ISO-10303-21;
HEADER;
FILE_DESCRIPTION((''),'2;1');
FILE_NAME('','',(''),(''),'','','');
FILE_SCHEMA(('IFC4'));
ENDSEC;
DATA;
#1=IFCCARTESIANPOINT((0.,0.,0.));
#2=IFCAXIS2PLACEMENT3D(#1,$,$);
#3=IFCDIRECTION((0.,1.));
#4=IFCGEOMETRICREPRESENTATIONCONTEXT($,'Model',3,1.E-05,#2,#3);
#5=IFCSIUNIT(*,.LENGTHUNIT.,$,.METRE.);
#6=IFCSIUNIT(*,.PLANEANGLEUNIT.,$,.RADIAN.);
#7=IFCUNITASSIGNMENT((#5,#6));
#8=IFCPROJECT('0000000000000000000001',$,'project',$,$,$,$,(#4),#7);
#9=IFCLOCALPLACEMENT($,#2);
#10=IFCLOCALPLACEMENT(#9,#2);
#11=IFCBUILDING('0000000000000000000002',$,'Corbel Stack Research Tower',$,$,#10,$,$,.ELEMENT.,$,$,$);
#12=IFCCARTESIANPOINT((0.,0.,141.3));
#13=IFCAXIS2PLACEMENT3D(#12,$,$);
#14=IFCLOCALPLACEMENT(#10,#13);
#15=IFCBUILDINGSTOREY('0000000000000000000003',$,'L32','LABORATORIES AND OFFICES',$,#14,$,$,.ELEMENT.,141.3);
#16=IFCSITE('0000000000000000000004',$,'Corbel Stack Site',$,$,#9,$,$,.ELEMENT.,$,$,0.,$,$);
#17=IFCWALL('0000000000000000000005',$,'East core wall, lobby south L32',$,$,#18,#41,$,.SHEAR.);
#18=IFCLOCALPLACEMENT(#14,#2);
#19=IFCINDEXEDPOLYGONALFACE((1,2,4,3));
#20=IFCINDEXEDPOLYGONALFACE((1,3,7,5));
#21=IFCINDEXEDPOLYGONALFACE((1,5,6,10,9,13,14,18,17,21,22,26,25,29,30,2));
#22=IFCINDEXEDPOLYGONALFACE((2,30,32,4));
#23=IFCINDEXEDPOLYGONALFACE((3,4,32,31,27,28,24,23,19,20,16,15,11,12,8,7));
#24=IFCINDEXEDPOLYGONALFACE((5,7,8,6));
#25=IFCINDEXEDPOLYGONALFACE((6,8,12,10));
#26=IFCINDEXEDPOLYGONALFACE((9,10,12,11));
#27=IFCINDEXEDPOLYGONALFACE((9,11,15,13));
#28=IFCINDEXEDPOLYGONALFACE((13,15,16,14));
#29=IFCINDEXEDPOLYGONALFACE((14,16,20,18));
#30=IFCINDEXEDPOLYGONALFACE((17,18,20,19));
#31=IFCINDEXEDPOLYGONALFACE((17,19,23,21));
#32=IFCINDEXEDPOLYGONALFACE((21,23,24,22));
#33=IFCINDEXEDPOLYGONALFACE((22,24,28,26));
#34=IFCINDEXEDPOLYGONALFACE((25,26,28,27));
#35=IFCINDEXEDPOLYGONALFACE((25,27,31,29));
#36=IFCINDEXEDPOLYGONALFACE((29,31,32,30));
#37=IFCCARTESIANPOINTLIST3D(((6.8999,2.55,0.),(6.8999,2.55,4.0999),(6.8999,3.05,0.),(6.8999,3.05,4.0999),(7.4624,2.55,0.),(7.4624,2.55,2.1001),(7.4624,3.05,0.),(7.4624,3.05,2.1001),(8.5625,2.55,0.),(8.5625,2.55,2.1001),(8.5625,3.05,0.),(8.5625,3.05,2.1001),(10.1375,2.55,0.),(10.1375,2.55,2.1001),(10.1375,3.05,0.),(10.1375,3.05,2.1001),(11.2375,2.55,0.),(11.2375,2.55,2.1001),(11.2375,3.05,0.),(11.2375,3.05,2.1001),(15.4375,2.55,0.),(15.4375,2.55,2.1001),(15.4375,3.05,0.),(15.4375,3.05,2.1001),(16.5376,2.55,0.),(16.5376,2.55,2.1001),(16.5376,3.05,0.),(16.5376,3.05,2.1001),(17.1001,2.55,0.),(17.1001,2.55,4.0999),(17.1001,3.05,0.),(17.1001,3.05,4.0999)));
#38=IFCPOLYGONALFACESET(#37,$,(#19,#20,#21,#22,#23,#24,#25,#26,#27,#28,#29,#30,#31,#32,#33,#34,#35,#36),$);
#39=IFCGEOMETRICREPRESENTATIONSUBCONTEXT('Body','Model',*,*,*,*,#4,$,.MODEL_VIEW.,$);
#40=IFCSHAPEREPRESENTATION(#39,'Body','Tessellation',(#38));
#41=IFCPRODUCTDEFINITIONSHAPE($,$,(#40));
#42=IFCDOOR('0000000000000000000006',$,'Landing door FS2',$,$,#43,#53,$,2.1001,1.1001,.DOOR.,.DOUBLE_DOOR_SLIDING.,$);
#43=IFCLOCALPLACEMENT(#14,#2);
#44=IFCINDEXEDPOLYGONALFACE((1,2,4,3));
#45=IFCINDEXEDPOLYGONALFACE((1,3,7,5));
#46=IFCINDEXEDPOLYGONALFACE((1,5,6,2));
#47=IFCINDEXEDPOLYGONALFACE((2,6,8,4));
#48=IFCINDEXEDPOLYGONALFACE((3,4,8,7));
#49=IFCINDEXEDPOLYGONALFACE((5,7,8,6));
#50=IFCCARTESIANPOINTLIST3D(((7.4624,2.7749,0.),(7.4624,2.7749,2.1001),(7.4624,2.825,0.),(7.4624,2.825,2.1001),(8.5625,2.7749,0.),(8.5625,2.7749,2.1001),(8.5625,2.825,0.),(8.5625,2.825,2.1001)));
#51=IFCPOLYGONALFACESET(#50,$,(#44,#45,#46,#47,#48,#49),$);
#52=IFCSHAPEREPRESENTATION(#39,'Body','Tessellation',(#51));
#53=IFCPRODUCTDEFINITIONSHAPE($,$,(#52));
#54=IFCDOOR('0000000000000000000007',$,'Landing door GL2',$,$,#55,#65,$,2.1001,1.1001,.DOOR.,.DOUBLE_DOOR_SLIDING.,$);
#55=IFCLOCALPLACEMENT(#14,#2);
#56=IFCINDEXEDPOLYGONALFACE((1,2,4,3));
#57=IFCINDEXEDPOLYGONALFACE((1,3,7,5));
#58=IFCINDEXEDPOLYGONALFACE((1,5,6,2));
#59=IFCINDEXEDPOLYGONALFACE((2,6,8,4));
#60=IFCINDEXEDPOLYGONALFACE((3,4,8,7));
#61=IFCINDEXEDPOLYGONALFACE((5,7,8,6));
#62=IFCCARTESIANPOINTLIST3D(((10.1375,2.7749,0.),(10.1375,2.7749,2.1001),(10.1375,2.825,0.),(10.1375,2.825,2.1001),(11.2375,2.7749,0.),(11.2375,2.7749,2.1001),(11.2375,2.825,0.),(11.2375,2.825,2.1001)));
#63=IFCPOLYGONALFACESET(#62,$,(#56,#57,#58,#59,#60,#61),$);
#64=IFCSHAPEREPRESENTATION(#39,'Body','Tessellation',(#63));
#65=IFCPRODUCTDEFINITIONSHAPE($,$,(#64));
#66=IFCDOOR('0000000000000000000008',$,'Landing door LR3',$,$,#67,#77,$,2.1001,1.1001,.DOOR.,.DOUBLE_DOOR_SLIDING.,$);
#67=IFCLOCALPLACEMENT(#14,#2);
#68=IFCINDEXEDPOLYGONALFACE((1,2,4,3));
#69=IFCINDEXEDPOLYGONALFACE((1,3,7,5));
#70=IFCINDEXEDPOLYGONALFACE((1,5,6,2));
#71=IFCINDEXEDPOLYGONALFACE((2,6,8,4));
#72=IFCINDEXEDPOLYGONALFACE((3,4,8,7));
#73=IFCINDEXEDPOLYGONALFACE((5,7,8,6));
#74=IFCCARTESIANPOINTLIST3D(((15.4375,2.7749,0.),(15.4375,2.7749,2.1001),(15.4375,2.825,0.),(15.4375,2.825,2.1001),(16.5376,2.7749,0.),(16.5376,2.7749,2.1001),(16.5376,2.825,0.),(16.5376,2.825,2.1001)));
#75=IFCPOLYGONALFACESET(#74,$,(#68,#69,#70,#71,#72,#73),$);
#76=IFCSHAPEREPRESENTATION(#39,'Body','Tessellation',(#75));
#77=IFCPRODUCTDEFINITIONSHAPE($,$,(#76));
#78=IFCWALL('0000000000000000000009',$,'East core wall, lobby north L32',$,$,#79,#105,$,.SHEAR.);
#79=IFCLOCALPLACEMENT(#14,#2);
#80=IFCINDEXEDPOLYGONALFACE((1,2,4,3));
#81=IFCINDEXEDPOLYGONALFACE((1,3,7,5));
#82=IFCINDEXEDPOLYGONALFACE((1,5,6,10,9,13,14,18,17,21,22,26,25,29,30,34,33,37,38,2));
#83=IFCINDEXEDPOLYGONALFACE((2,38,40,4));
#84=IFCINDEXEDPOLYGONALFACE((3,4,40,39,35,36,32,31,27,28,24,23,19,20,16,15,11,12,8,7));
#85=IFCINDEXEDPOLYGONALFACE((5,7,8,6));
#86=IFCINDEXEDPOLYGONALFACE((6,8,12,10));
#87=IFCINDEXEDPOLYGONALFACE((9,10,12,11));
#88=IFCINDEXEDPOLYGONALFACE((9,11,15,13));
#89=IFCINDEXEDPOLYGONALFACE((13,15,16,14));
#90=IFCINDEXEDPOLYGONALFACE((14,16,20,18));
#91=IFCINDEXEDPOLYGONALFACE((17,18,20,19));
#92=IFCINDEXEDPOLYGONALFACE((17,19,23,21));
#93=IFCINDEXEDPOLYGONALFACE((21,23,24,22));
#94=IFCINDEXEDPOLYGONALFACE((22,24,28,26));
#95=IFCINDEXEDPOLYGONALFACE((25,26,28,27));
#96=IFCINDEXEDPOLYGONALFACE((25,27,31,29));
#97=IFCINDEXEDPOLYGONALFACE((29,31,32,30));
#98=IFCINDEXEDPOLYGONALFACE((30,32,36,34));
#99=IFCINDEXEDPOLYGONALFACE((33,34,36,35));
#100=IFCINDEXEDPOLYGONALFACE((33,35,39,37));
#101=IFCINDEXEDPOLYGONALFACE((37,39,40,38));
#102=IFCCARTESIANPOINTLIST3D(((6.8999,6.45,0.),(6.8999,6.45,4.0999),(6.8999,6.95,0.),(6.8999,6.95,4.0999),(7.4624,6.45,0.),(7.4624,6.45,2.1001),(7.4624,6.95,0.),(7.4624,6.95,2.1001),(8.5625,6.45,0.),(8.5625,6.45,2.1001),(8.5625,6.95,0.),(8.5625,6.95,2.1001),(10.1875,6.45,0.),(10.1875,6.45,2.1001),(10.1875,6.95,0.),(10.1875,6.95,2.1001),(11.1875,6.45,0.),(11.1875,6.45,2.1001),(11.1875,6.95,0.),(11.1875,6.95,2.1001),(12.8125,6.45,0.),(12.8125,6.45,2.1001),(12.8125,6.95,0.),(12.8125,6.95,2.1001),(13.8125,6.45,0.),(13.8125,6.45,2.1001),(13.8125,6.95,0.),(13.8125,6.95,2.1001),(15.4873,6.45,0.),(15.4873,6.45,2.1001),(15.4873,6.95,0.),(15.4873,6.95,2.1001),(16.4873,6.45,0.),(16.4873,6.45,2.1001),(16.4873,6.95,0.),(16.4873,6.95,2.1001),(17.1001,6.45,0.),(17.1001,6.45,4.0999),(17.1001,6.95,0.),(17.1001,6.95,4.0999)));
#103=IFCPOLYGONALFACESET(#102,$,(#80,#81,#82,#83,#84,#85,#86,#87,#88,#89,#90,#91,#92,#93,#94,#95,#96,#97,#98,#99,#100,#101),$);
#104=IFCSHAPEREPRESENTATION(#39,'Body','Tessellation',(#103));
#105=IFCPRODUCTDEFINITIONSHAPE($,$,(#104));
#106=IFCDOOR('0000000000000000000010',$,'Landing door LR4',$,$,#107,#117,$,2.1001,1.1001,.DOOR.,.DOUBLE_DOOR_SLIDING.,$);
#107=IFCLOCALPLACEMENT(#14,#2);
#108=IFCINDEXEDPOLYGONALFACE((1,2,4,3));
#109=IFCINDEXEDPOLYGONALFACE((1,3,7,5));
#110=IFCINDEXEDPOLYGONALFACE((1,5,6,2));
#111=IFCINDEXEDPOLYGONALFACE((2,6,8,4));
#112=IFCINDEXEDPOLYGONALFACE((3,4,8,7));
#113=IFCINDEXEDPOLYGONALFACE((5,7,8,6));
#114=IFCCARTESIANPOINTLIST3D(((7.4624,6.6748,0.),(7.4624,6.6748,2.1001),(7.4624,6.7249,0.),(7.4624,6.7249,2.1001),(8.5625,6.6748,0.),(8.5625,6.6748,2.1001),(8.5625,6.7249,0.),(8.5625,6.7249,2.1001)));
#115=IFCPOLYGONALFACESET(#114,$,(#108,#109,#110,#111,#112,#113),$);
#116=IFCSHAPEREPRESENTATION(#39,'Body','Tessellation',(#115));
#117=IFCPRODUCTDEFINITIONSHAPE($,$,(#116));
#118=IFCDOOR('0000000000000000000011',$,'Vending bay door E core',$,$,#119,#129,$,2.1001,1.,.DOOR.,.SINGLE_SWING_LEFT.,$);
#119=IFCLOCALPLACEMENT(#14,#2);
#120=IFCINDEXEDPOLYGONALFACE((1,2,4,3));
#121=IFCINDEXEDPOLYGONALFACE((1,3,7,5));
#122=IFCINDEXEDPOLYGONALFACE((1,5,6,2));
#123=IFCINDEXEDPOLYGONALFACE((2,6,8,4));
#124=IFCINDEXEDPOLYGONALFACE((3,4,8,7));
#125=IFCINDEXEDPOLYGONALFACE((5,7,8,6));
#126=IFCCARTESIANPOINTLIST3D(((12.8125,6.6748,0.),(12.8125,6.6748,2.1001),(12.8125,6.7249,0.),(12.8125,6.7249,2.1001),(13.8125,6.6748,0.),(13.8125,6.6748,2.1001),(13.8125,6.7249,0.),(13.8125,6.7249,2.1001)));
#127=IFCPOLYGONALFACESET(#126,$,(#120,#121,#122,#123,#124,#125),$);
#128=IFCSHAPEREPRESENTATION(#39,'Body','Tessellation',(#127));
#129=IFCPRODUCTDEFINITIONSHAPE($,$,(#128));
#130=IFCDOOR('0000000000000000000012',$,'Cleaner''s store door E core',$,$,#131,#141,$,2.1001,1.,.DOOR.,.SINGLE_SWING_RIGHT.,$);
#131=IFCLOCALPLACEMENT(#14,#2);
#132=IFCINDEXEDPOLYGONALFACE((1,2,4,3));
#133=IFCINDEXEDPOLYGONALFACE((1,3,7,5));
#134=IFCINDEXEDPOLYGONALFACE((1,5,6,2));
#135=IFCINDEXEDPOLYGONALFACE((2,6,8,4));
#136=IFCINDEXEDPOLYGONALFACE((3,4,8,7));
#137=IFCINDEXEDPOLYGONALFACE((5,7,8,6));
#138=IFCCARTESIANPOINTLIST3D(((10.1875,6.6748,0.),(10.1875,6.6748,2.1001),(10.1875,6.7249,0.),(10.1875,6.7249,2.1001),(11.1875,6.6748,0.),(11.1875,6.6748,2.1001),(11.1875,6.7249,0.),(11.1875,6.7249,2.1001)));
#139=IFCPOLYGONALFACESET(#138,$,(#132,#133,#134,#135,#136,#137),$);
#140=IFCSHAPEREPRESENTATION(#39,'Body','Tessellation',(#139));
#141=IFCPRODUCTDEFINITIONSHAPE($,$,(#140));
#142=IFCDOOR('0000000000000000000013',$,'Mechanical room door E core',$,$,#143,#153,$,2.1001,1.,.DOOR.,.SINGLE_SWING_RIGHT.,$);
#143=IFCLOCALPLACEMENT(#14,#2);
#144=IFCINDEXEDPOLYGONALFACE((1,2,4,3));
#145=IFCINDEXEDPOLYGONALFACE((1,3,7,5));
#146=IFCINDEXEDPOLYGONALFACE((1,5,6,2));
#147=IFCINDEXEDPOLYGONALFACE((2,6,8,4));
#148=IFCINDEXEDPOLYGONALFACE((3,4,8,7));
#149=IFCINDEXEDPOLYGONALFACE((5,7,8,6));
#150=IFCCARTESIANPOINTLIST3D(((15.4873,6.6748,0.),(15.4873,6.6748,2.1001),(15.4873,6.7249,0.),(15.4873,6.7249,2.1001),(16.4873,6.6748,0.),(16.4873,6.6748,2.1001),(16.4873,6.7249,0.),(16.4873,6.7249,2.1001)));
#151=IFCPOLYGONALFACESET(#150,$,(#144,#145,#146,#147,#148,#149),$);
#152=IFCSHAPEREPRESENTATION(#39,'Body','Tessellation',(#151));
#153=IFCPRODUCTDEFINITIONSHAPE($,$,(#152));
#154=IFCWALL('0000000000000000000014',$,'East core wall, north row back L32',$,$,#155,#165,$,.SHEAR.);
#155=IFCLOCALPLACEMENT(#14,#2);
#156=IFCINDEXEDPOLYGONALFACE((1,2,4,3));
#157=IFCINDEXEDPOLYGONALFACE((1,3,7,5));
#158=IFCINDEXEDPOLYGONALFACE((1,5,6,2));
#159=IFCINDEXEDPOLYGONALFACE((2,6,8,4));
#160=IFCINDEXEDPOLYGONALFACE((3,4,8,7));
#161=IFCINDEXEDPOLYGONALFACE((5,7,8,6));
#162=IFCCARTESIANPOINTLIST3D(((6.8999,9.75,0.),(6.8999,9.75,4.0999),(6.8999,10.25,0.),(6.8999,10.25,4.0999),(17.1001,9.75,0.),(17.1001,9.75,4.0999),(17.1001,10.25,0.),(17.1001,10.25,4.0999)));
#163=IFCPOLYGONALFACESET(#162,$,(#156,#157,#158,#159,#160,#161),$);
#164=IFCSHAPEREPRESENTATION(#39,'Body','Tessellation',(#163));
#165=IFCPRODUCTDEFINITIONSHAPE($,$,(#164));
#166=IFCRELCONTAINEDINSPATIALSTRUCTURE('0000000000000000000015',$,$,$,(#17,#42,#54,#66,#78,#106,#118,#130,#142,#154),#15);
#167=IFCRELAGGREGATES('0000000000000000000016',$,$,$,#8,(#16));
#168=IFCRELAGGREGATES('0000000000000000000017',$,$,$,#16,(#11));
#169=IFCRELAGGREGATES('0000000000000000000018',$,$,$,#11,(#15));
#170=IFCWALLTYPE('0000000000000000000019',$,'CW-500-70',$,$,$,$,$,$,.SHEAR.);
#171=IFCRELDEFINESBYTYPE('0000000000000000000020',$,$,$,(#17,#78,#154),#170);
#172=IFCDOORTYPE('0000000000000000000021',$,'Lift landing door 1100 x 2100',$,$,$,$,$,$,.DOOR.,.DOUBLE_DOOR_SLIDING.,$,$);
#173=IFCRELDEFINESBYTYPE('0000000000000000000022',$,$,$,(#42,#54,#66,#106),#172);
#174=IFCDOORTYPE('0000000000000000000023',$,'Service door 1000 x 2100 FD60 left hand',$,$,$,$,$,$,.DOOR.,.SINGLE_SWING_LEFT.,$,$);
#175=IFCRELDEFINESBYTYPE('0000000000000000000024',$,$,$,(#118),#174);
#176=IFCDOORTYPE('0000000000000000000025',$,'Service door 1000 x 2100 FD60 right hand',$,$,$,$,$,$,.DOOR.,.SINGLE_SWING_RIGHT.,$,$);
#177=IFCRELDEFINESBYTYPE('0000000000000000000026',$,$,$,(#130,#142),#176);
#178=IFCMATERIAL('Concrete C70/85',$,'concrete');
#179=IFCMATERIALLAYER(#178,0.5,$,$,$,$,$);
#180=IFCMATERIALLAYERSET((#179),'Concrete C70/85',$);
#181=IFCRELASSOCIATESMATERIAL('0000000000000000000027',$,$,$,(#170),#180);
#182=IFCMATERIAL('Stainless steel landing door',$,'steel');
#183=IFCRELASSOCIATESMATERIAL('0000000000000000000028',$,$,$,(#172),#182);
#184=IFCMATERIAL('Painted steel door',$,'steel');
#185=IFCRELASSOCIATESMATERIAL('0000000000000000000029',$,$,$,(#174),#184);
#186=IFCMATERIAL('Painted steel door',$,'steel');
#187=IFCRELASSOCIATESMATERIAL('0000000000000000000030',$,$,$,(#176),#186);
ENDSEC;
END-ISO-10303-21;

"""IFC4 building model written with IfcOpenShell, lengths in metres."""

from ifc_helpers import new_model, si_unit, direction, frame, frame_2d, origin, place, context, subcontext, project, spatial, rectangle, extrude, material, layer, layer_set, type_object, element, fill, save


model = new_model("IFC4")

# Units and contexts
model_context = context("Model", 3, precision=1e-05, world=origin(), true_north=direction((0.0, 1.0)))
body_context = subcontext(model_context, "Body", "Model", "MODEL_VIEW")
ifc_project = project(units=[si_unit("LENGTHUNIT", "METRE"), si_unit("PLANEANGLEUNIT", "RADIAN")], contexts=[model_context])

# Site, building, storey
site_placement = place(None, origin())
site = spatial("IfcSite", under=ifc_project, at=site_placement, Name="Corbel Stack Site", CompositionType="ELEMENT", RefElevation=0.0)
building_placement = place(site_placement, origin())
building = spatial("IfcBuilding", under=site, at=building_placement, Name="Corbel Stack Research Tower", CompositionType="ELEMENT")
storey_placement = place(building_placement, frame((0.0, 0.0, 141.3)))
storey = spatial("IfcBuildingStorey", under=building, at=storey_placement, Name="L32", Description="LABORATORIES AND OFFICES", CompositionType="ELEMENT", Elevation=141.3)

# Walls, openings, doors
ifc_material_1 = material(Name="Concrete C70/85", Category="concrete")
ifc_layer_1 = layer(ifc_material_1, 0.5)
ifc_layer_set_1 = layer_set([ifc_layer_1], Name="Concrete C70/85")
wall_type_1 = type_object("IfcWallType", Name="CW-500-70", PredefinedType="SHEAR", material=ifc_layer_set_1)
wall_1_placement = place(storey_placement, frame((6.8999, 2.8, 0.0), z_axis=(0.0, 0.0, 1.0), x_axis=(1.0, 0.0, 0.0)))
wall_1 = element("IfcWall", 1, at=wall_1_placement, inside=storey, type_object=wall_type_1, Name="East core wall, lobby south L32", PredefinedType="SHEAR", context=body_context, shape_type="SweptSolid", body=[
    extrude(rectangle(XDim=10.2002, YDim=0.5, at=frame_2d((5.1001, 0.0))), origin(), (0.0, 0.0, 1.0), 4.0999),
])
opening_1_placement = place(wall_1_placement, frame((0.5625, 0.0, 0.0)))
opening_1 = element("IfcOpeningElement", 2, at=opening_1_placement, cuts=wall_1, PredefinedType="OPENING", context=body_context, shape_type="SweptSolid", body=[
    extrude(rectangle(XDim=1.1001, YDim=2.1001, at=frame_2d((0.55, 1.05))), frame((0.0, 0.26, 0.0), z_axis=(0.0, -1.0, 0.0), x_axis=(1.0, 0.0, 0.0)), (0.0, 0.0, 1.0), 0.52),
])
opening_2_placement = place(wall_1_placement, frame((3.2375, 0.0, 0.0)))
opening_2 = element("IfcOpeningElement", 3, at=opening_2_placement, cuts=wall_1, PredefinedType="OPENING", context=body_context, shape_type="SweptSolid", body=[
    extrude(rectangle(XDim=1.1001, YDim=2.1001, at=frame_2d((0.55, 1.05))), frame((0.0, 0.26, 0.0), z_axis=(0.0, -1.0, 0.0), x_axis=(1.0, 0.0, 0.0)), (0.0, 0.0, 1.0), 0.52),
])
opening_3_placement = place(wall_1_placement, frame((8.5376, 0.0, 0.0)))
opening_3 = element("IfcOpeningElement", 4, at=opening_3_placement, cuts=wall_1, PredefinedType="OPENING", context=body_context, shape_type="SweptSolid", body=[
    extrude(rectangle(XDim=1.1001, YDim=2.1001, at=frame_2d((0.55, 1.05))), frame((0.0, 0.26, 0.0), z_axis=(0.0, -1.0, 0.0), x_axis=(1.0, 0.0, 0.0)), (0.0, 0.0, 1.0), 0.52),
])
ifc_material_2 = material(Name="Stainless steel landing door", Category="steel")
door_type_1 = type_object("IfcDoorType", Name="Lift landing door 1100 x 2100", OperationType="DOUBLE_DOOR_SLIDING", PredefinedType="DOOR", material=ifc_material_2)
door_1_placement = place(opening_1_placement, origin())
door_1 = element("IfcDoor", 5, at=door_1_placement, inside=storey, type_object=door_type_1, Name="Landing door FS2", OperationType="DOUBLE_DOOR_SLIDING", OverallHeight=2.1001, OverallWidth=1.1001, PredefinedType="DOOR", context=body_context, shape_type="SweptSolid", body=[
    extrude(rectangle(XDim=1.1001, YDim=2.1001, at=frame_2d((0.55, 1.05))), frame((0.0, 0.0249, 0.0), z_axis=(0.0, -1.0, 0.0), x_axis=(1.0, 0.0, 0.0)), (0.0, 0.0, 1.0), 0.05),
])
fill(opening_1, door_1)
door_2_placement = place(opening_2_placement, origin())
door_2 = element("IfcDoor", 6, at=door_2_placement, inside=storey, type_object=door_type_1, Name="Landing door GL2", OperationType="DOUBLE_DOOR_SLIDING", OverallHeight=2.1001, OverallWidth=1.1001, PredefinedType="DOOR", context=body_context, shape_type="SweptSolid", body=[
    extrude(rectangle(XDim=1.1001, YDim=2.1001, at=frame_2d((0.55, 1.05))), frame((0.0, 0.0249, 0.0), z_axis=(0.0, -1.0, 0.0), x_axis=(1.0, 0.0, 0.0)), (0.0, 0.0, 1.0), 0.05),
])
fill(opening_2, door_2)
door_3_placement = place(opening_3_placement, origin())
door_3 = element("IfcDoor", 7, at=door_3_placement, inside=storey, type_object=door_type_1, Name="Landing door LR3", OperationType="DOUBLE_DOOR_SLIDING", OverallHeight=2.1001, OverallWidth=1.1001, PredefinedType="DOOR", context=body_context, shape_type="SweptSolid", body=[
    extrude(rectangle(XDim=1.1001, YDim=2.1001, at=frame_2d((0.55, 1.05))), frame((0.0, 0.0249, 0.0), z_axis=(0.0, -1.0, 0.0), x_axis=(1.0, 0.0, 0.0)), (0.0, 0.0, 1.0), 0.05),
])
fill(opening_3, door_3)
wall_2_placement = place(storey_placement, frame((6.8999, 6.7, 0.0), z_axis=(0.0, 0.0, 1.0), x_axis=(1.0, 0.0, 0.0)))
wall_2 = element("IfcWall", 8, at=wall_2_placement, inside=storey, type_object=wall_type_1, Name="East core wall, lobby north L32", PredefinedType="SHEAR", context=body_context, shape_type="SweptSolid", body=[
    extrude(rectangle(XDim=10.2002, YDim=0.5, at=frame_2d((5.1001, 0.0))), origin(), (0.0, 0.0, 1.0), 4.0999),
])
opening_4_placement = place(wall_2_placement, frame((0.5625, 0.0, 0.0)))
opening_4 = element("IfcOpeningElement", 9, at=opening_4_placement, cuts=wall_2, PredefinedType="OPENING", context=body_context, shape_type="SweptSolid", body=[
    extrude(rectangle(XDim=1.1001, YDim=2.1001, at=frame_2d((0.55, 1.05))), frame((0.0, 0.26, 0.0), z_axis=(0.0, -1.0, 0.0), x_axis=(1.0, 0.0, 0.0)), (0.0, 0.0, 1.0), 0.52),
])
opening_5_placement = place(wall_2_placement, frame((3.2876, 0.0, 0.0)))
opening_5 = element("IfcOpeningElement", 10, at=opening_5_placement, cuts=wall_2, PredefinedType="OPENING", context=body_context, shape_type="SweptSolid", body=[
    extrude(rectangle(XDim=1.0, YDim=2.1001, at=frame_2d((0.5, 1.05))), frame((0.0, 0.26, 0.0), z_axis=(0.0, -1.0, 0.0), x_axis=(1.0, 0.0, 0.0)), (0.0, 0.0, 1.0), 0.52),
])
opening_6_placement = place(wall_2_placement, frame((5.9126, 0.0, 0.0)))
opening_6 = element("IfcOpeningElement", 11, at=opening_6_placement, cuts=wall_2, PredefinedType="OPENING", context=body_context, shape_type="SweptSolid", body=[
    extrude(rectangle(XDim=1.0, YDim=2.1001, at=frame_2d((0.5, 1.05))), frame((0.0, 0.26, 0.0), z_axis=(0.0, -1.0, 0.0), x_axis=(1.0, 0.0, 0.0)), (0.0, 0.0, 1.0), 0.52),
])
opening_7_placement = place(wall_2_placement, frame((8.5874, 0.0, 0.0)))
opening_7 = element("IfcOpeningElement", 12, at=opening_7_placement, cuts=wall_2, PredefinedType="OPENING", context=body_context, shape_type="SweptSolid", body=[
    extrude(rectangle(XDim=1.0, YDim=2.1001, at=frame_2d((0.5, 1.05))), frame((0.0, 0.26, 0.0), z_axis=(0.0, -1.0, 0.0), x_axis=(1.0, 0.0, 0.0)), (0.0, 0.0, 1.0), 0.52),
])
door_4_placement = place(opening_4_placement, origin())
door_4 = element("IfcDoor", 13, at=door_4_placement, inside=storey, type_object=door_type_1, Name="Landing door LR4", OperationType="DOUBLE_DOOR_SLIDING", OverallHeight=2.1001, OverallWidth=1.1001, PredefinedType="DOOR", context=body_context, shape_type="SweptSolid", body=[
    extrude(rectangle(XDim=1.1001, YDim=2.1001, at=frame_2d((0.55, 1.05))), frame((0.0, 0.0249, 0.0), z_axis=(0.0, -1.0, 0.0), x_axis=(1.0, 0.0, 0.0)), (0.0, 0.0, 1.0), 0.05),
])
fill(opening_4, door_4)
ifc_material_3 = material(Name="Painted steel door", Category="steel")
door_type_2 = type_object("IfcDoorType", Name="Service door 1000 x 2100 FD60 left hand", OperationType="SINGLE_SWING_LEFT", PredefinedType="DOOR", material=ifc_material_3)
door_5_placement = place(opening_6_placement, origin())
door_5 = element("IfcDoor", 14, at=door_5_placement, inside=storey, type_object=door_type_2, Name="Vending bay door E core", OperationType="SINGLE_SWING_LEFT", OverallHeight=2.1001, OverallWidth=1.0, PredefinedType="DOOR", context=body_context, shape_type="SweptSolid", body=[
    extrude(rectangle(XDim=1.0, YDim=2.1001, at=frame_2d((0.5, 1.05))), frame((0.0, 0.0249, 0.0), z_axis=(0.0, -1.0, 0.0), x_axis=(1.0, 0.0, 0.0)), (0.0, 0.0, 1.0), 0.05),
])
fill(opening_6, door_5)
ifc_material_4 = material(Name="Painted steel door", Category="steel")
door_type_3 = type_object("IfcDoorType", Name="Service door 1000 x 2100 FD60 right hand", OperationType="SINGLE_SWING_RIGHT", PredefinedType="DOOR", material=ifc_material_4)
door_6_placement = place(opening_5_placement, origin())
door_6 = element("IfcDoor", 15, at=door_6_placement, inside=storey, type_object=door_type_3, Name="Cleaner's store door E core", OperationType="SINGLE_SWING_RIGHT", OverallHeight=2.1001, OverallWidth=1.0, PredefinedType="DOOR", context=body_context, shape_type="SweptSolid", body=[
    extrude(rectangle(XDim=1.0, YDim=2.1001, at=frame_2d((0.5, 1.05))), frame((0.0, 0.0249, 0.0), z_axis=(0.0, -1.0, 0.0), x_axis=(1.0, 0.0, 0.0)), (0.0, 0.0, 1.0), 0.05),
])
fill(opening_5, door_6)
door_7_placement = place(opening_7_placement, origin())
door_7 = element("IfcDoor", 16, at=door_7_placement, inside=storey, type_object=door_type_3, Name="Mechanical room door E core", OperationType="SINGLE_SWING_RIGHT", OverallHeight=2.1001, OverallWidth=1.0, PredefinedType="DOOR", context=body_context, shape_type="SweptSolid", body=[
    extrude(rectangle(XDim=1.0, YDim=2.1001, at=frame_2d((0.5, 1.05))), frame((0.0, 0.0249, 0.0), z_axis=(0.0, -1.0, 0.0), x_axis=(1.0, 0.0, 0.0)), (0.0, 0.0, 1.0), 0.05),
])
fill(opening_7, door_7)

# Wall
wall_3_placement = place(storey_placement, frame((6.8999, 10.0, 0.0), z_axis=(0.0, 0.0, 1.0), x_axis=(1.0, 0.0, 0.0)))
element("IfcWall", 17, at=wall_3_placement, inside=storey, type_object=wall_type_1, Name="East core wall, north row back L32", PredefinedType="SHEAR", context=body_context, shape_type="SweptSolid", body=[
    extrude(rectangle(XDim=10.2002, YDim=0.5, at=frame_2d((5.1001, 0.0))), origin(), (0.0, 0.0, 1.0), 4.0999),
])

save(model, "model.ifc")
